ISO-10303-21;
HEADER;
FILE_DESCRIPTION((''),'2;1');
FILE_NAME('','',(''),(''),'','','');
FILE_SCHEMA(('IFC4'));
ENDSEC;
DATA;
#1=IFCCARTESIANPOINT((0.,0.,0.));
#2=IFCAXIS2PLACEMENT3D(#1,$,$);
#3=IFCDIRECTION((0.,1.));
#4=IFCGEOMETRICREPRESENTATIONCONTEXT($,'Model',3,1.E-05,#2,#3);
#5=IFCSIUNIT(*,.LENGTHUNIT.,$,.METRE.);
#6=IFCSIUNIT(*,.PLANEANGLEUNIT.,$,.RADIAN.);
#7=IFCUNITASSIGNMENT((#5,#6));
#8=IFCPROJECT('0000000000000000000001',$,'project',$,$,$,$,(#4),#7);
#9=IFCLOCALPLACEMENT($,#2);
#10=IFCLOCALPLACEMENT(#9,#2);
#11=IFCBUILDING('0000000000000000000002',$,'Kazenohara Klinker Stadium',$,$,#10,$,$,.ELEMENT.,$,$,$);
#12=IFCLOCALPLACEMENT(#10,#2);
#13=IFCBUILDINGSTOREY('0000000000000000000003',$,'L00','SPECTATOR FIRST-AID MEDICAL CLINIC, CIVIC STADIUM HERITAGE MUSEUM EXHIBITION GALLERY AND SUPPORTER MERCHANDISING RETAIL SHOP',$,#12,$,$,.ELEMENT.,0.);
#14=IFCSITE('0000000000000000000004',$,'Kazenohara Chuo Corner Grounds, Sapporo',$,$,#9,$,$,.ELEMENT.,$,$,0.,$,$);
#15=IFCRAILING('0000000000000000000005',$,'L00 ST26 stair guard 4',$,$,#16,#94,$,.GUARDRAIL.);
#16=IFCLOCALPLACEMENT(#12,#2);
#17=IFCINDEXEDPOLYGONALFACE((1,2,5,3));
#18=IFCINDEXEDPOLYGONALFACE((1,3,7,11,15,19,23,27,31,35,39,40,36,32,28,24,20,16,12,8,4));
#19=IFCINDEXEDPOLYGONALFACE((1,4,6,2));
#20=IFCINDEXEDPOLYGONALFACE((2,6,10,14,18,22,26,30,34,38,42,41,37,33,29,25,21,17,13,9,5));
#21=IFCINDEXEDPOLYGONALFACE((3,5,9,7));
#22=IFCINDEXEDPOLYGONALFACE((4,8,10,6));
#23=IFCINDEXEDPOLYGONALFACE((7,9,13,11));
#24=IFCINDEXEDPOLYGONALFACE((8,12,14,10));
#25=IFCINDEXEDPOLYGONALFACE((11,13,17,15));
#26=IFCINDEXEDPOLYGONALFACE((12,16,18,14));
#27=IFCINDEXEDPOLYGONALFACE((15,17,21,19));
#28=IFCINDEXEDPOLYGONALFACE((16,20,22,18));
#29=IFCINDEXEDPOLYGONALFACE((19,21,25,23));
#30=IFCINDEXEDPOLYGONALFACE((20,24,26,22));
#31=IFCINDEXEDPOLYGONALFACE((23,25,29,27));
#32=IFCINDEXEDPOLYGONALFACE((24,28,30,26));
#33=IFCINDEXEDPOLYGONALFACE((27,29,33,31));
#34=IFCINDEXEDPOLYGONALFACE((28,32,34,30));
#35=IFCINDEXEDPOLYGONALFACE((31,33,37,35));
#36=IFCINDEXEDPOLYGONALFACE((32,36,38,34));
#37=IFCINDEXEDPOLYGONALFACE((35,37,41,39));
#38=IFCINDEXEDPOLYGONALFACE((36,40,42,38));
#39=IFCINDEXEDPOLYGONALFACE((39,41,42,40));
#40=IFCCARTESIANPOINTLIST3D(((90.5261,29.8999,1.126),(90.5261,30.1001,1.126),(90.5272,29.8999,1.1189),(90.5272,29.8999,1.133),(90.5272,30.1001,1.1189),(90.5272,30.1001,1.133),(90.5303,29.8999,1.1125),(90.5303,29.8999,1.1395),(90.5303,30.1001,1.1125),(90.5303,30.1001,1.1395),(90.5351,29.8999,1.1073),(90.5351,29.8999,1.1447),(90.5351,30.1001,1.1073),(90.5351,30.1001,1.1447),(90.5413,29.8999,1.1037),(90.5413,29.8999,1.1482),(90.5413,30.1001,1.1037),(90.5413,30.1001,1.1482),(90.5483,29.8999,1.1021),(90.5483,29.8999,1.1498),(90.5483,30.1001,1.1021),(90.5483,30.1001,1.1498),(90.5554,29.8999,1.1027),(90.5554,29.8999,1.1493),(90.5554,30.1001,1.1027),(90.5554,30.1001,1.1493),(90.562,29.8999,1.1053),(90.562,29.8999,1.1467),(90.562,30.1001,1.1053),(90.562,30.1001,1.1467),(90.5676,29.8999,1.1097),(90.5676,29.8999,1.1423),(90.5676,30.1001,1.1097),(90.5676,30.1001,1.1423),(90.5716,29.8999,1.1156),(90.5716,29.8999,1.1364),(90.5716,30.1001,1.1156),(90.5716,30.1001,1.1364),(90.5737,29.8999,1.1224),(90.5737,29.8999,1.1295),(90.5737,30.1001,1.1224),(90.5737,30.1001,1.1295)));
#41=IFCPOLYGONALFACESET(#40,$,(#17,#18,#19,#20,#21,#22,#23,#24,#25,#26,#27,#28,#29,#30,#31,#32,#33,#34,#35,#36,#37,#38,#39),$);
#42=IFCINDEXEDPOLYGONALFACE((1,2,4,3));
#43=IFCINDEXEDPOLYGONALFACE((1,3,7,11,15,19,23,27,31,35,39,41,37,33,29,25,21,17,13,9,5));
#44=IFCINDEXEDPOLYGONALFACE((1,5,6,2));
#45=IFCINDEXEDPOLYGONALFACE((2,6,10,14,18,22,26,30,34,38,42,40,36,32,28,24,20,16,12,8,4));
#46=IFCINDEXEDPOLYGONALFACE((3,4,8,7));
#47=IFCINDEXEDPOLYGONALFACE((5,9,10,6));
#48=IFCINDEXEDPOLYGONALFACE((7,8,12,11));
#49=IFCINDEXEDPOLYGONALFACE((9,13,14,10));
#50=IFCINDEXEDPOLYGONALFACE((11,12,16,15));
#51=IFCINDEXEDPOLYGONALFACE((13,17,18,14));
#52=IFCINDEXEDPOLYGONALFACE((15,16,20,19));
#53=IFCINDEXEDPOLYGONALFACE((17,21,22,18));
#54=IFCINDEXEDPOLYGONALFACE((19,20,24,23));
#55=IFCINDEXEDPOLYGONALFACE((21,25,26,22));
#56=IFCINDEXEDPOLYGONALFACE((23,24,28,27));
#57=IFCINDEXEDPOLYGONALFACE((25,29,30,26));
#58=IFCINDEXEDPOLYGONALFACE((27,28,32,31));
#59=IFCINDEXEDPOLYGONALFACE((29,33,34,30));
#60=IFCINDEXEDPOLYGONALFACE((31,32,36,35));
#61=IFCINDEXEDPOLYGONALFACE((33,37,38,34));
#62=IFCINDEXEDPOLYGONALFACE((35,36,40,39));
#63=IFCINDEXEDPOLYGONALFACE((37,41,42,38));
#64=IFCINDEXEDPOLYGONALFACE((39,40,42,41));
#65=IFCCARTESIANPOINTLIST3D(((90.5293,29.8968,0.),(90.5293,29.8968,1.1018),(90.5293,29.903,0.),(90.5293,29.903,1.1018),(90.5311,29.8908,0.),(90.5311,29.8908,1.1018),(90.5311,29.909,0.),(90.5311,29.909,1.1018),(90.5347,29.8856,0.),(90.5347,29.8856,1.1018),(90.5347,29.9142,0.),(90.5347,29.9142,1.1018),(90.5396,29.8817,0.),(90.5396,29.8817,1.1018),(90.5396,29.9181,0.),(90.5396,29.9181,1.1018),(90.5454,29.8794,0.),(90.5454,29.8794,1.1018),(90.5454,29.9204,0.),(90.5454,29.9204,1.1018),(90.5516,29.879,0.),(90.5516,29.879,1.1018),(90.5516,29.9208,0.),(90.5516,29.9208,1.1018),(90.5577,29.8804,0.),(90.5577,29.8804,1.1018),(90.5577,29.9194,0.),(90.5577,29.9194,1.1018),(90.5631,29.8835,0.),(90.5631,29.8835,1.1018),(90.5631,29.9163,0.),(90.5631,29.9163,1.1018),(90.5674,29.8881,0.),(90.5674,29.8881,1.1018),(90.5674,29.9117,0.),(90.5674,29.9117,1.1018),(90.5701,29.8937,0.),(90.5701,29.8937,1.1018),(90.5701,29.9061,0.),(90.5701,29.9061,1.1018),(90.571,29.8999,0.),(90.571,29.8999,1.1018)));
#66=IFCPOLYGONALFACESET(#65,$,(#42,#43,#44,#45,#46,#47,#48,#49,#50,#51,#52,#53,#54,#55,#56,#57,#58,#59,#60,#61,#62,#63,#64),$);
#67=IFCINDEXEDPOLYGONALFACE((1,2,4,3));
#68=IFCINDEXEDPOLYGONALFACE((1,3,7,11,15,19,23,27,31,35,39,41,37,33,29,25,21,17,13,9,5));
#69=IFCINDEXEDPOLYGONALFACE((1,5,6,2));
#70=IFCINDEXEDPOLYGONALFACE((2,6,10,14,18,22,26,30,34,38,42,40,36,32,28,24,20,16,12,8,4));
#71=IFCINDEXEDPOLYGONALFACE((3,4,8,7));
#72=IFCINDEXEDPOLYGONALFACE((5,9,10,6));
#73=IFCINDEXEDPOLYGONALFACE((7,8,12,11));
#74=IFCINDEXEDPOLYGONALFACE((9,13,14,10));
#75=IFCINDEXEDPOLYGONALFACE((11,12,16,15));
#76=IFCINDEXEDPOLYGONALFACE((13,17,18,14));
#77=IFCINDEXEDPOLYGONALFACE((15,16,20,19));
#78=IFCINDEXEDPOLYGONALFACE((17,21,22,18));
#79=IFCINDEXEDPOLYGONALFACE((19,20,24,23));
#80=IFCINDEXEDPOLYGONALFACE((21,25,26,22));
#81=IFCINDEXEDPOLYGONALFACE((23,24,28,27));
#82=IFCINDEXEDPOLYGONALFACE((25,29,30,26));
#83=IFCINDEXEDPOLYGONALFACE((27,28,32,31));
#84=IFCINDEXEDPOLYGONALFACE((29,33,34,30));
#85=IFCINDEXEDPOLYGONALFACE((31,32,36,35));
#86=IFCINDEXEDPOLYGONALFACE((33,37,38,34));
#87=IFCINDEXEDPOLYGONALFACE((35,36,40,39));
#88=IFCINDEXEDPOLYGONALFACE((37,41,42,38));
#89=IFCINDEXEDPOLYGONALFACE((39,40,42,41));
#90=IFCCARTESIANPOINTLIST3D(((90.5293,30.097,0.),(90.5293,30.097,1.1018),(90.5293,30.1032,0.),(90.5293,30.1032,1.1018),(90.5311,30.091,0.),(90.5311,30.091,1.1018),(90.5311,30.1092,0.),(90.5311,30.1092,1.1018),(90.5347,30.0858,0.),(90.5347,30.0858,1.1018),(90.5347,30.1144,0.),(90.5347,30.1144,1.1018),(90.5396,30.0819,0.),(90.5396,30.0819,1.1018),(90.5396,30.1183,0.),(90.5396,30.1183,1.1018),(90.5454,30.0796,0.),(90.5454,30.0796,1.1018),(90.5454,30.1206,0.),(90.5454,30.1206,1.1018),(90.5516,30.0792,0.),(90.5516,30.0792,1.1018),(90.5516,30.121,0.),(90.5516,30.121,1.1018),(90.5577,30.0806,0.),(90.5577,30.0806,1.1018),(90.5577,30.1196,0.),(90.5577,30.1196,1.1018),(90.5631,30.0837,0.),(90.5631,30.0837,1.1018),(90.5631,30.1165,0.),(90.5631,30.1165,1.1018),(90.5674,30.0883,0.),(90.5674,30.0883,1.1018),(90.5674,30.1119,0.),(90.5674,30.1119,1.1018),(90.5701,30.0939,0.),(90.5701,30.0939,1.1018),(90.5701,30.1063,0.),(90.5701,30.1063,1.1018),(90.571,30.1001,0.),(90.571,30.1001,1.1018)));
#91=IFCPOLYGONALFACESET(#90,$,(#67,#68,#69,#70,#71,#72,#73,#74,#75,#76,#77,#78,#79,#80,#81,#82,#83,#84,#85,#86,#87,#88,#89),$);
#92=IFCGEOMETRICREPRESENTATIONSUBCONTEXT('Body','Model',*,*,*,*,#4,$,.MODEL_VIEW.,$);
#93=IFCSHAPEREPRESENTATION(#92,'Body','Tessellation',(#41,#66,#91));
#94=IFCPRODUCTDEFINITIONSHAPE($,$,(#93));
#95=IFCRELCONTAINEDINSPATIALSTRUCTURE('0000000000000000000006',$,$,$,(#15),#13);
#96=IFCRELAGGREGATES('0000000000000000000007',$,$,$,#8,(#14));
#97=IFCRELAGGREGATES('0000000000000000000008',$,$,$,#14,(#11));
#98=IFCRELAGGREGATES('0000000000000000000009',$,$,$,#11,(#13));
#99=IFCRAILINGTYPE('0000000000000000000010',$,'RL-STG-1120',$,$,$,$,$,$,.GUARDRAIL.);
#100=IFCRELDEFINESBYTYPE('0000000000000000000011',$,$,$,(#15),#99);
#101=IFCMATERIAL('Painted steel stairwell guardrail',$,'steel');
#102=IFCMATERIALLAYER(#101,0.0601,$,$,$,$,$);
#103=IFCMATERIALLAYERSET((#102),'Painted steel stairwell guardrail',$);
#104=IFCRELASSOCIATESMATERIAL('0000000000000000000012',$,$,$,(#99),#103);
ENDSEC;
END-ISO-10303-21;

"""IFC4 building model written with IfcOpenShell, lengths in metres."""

from ifc_helpers import new_model, si_unit, direction, frame, origin, origin_2d, place, context, subcontext, project, spatial, circle, extrude, material, layer, layer_set, type_object, element, save


model = new_model("IFC4")

# Units and contexts
model_context = context("Model", 3, precision=1e-05, world=origin(), true_north=direction((0.0, 1.0)))
body_context = subcontext(model_context, "Body", "Model", "MODEL_VIEW")
ifc_project = project(units=[si_unit("LENGTHUNIT", "METRE"), si_unit("PLANEANGLEUNIT", "RADIAN")], contexts=[model_context])

# Site, building, storey
site_placement = place(None, origin())
site = spatial("IfcSite", under=ifc_project, at=site_placement, Name="Kazenohara Chuo Corner Grounds, Sapporo", CompositionType="ELEMENT", RefElevation=0.0)
building_placement = place(site_placement, origin())
building = spatial("IfcBuilding", under=site, at=building_placement, Name="Kazenohara Klinker Stadium", CompositionType="ELEMENT")
storey_placement = place(building_placement, origin())
storey = spatial("IfcBuildingStorey", under=building, at=storey_placement, Name="L00", Description="SPECTATOR FIRST-AID MEDICAL CLINIC, CIVIC STADIUM HERITAGE MUSEUM EXHIBITION GALLERY AND SUPPORTER MERCHANDISING RETAIL SHOP", CompositionType="ELEMENT", Elevation=0.0)

# Railing
ifc_material_1 = material(Name="Painted steel stairwell guardrail", Category="steel")
ifc_layer_1 = layer(ifc_material_1, 0.0601)
ifc_layer_set_1 = layer_set([ifc_layer_1], Name="Painted steel stairwell guardrail")
railing_type_1 = type_object("IfcRailingType", Name="RL-STG-1120", PredefinedType="GUARDRAIL", material=ifc_layer_set_1)
railing_1_placement = place(storey_placement, frame((90.55, 29.8999, 0.0)))
element("IfcRailing", 1, at=railing_1_placement, inside=storey, type_object=railing_type_1, Name="L00 ST26 stair guard 4", PredefinedType="GUARDRAIL", context=body_context, shape_type="SweptSolid", body=[
    extrude(circle(Radius=0.0239, at=origin_2d()), frame((0.0, 0.0, 1.126), z_axis=(0.0, 1.0, 0.0), x_axis=(-1.0, 0.0, 0.0)), (0.0, 0.0, 1.0), 0.2002),
    extrude(circle(Radius=0.021, at=origin_2d()), origin(), (0.0, 0.0, 1.0), 1.1018),
    extrude(circle(Radius=0.021, at=origin_2d()), frame((0.0, 0.2002, 0.0)), (0.0, 0.0, 1.0), 1.1018),
])

save(model, "model.ifc")
